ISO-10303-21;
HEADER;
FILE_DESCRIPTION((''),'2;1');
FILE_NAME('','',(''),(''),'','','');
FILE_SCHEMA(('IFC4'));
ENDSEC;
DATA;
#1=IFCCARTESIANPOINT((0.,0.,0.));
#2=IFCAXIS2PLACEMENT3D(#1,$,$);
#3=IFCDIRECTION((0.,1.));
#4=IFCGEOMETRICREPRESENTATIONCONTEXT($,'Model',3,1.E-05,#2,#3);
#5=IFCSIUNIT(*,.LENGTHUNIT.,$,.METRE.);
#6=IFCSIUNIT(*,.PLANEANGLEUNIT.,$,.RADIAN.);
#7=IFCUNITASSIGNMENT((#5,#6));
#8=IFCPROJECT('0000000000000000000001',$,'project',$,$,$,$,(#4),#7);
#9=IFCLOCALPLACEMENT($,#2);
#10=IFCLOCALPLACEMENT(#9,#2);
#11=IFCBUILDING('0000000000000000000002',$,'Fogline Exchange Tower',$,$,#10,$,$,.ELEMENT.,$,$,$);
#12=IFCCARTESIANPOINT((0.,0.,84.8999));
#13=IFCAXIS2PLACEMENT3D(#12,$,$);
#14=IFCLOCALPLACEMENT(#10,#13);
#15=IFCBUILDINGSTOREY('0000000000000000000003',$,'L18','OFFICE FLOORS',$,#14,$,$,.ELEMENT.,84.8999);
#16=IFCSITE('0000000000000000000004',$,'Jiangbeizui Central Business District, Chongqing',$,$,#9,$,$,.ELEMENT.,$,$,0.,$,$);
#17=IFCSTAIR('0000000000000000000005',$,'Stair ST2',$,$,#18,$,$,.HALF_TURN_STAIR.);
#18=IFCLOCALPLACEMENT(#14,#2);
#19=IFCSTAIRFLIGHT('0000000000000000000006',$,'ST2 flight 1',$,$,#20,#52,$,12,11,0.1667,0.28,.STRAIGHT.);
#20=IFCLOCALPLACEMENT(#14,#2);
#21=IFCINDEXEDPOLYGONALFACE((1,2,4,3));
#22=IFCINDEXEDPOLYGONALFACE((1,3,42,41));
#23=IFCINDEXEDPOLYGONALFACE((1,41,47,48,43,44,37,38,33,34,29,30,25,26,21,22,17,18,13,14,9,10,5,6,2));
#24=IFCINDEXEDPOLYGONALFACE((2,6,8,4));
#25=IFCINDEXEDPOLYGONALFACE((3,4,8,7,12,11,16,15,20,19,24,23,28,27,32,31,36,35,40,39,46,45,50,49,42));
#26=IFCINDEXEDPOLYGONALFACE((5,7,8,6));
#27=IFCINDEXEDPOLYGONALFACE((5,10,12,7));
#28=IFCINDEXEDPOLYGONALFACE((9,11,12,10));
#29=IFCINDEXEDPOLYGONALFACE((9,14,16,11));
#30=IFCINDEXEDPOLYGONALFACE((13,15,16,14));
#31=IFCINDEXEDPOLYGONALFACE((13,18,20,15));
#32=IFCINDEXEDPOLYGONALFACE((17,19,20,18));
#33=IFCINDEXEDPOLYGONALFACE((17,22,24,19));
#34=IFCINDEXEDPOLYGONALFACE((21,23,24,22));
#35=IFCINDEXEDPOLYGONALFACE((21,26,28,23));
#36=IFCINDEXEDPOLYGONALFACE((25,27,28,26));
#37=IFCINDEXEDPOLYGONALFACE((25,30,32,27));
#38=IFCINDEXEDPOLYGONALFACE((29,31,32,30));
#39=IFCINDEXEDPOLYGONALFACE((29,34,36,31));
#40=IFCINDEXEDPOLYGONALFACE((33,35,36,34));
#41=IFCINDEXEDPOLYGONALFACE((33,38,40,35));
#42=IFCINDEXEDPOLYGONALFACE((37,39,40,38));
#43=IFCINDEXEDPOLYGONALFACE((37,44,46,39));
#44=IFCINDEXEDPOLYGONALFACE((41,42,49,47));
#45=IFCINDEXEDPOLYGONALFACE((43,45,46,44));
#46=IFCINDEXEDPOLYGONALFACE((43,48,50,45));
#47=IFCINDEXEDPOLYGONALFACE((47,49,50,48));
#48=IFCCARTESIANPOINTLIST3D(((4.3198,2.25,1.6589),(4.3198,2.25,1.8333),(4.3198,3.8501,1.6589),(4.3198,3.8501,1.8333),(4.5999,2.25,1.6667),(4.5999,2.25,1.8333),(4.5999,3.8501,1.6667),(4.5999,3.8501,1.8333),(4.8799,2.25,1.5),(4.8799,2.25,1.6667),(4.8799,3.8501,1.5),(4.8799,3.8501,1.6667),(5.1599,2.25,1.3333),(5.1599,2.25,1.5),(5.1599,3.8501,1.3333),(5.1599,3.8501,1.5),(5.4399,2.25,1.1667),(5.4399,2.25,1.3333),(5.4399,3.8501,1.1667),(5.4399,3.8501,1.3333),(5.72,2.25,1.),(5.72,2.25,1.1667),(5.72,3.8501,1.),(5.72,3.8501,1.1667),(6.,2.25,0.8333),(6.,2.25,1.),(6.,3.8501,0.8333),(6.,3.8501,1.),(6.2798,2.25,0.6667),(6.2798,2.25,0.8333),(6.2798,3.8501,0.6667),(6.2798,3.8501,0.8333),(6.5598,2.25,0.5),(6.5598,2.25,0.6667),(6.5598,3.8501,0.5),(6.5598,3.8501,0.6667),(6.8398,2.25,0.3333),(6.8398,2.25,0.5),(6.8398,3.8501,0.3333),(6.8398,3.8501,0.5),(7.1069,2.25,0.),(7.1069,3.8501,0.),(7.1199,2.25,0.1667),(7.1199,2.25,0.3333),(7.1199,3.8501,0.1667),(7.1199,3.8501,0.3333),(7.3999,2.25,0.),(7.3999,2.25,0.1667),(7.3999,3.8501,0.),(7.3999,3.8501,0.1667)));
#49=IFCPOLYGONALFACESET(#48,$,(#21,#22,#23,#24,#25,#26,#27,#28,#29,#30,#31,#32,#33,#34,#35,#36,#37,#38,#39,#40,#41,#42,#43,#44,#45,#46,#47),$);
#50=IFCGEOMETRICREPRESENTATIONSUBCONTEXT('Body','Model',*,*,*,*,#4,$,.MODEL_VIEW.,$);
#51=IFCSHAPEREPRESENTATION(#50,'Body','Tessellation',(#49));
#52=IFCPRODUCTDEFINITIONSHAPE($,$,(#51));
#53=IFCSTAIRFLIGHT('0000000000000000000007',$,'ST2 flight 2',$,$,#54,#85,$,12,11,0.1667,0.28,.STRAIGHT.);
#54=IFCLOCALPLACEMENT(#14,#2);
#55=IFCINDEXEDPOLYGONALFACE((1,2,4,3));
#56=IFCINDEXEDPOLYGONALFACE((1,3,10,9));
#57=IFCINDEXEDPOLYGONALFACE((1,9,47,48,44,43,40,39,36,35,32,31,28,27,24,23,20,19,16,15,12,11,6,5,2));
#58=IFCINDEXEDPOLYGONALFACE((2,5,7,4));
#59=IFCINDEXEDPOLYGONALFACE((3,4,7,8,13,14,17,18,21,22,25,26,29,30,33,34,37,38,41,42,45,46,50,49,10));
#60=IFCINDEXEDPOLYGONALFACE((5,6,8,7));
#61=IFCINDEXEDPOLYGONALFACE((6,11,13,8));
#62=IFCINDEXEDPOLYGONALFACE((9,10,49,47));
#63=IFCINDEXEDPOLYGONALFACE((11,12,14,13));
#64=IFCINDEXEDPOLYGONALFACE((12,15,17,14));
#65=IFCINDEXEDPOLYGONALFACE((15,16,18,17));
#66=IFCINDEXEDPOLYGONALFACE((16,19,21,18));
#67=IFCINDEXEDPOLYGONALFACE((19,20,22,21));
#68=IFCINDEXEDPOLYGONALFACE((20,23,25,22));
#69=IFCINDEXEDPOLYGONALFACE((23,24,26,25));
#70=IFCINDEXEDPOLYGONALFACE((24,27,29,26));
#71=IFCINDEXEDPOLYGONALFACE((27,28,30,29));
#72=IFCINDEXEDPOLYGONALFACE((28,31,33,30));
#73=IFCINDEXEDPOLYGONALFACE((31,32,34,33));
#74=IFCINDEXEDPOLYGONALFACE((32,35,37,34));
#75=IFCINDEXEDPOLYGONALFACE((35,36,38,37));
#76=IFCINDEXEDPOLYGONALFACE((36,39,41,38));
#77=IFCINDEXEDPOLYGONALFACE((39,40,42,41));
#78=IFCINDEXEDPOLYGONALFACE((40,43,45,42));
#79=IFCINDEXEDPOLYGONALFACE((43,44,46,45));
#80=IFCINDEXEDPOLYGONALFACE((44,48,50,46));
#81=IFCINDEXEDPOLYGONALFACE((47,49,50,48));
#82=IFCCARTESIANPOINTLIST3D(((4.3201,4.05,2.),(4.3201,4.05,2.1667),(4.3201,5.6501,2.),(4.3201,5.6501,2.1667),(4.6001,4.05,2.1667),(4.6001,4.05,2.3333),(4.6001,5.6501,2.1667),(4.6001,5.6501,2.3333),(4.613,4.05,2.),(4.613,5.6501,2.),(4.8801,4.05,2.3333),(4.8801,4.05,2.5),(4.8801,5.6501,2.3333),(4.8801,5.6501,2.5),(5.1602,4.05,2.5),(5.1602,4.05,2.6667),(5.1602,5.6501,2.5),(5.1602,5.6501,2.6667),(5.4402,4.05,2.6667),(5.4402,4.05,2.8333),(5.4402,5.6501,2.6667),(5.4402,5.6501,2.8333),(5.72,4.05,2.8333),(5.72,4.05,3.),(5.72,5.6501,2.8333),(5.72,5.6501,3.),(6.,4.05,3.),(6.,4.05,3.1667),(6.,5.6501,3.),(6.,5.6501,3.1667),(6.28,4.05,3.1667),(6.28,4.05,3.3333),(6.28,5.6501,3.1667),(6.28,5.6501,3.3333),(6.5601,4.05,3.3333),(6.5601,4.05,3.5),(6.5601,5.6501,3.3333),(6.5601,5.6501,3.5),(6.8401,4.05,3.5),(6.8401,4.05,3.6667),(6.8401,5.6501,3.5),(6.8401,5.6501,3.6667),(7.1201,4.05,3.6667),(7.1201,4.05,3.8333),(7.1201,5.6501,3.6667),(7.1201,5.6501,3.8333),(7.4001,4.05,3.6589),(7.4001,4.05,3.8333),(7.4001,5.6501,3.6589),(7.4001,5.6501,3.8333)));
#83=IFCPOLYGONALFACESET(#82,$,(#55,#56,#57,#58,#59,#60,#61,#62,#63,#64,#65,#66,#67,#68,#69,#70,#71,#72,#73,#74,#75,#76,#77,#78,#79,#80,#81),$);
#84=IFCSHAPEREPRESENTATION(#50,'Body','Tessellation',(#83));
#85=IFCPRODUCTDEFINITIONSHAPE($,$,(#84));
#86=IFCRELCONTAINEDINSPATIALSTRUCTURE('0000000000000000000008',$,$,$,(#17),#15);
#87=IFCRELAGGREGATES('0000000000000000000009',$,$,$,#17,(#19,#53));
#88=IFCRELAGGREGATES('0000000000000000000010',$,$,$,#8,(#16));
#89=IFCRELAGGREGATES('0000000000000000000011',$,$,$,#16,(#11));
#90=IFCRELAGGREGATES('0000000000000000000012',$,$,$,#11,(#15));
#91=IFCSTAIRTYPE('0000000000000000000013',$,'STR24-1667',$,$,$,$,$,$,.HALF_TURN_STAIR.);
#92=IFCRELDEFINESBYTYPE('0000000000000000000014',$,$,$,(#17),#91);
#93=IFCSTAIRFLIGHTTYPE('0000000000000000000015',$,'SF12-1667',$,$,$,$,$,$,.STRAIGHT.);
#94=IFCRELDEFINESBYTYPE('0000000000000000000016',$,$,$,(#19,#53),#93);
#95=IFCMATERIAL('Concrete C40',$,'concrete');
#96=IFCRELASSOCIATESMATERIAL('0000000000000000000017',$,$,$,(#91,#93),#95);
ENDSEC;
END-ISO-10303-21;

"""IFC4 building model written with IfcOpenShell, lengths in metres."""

from ifc_helpers import new_model, si_unit, direction, frame, origin, place, context, subcontext, project, spatial, polyline, outline, extrude, material, type_object, element, aggregate, save


model = new_model("IFC4")

# Units and contexts
model_context = context("Model", 3, precision=1e-05, world=origin(), true_north=direction((0.0, 1.0)))
body_context = subcontext(model_context, "Body", "Model", "MODEL_VIEW")
ifc_project = project(units=[si_unit("LENGTHUNIT", "METRE"), si_unit("PLANEANGLEUNIT", "RADIAN")], contexts=[model_context])

# Site, building, storey
site_placement = place(None, origin())
site = spatial("IfcSite", under=ifc_project, at=site_placement, Name="Jiangbeizui Central Business District, Chongqing", CompositionType="ELEMENT", RefElevation=0.0)
building_placement = place(site_placement, origin())
building = spatial("IfcBuilding", under=site, at=building_placement, Name="Fogline Exchange Tower", CompositionType="ELEMENT")
storey_placement = place(building_placement, frame((0.0, 0.0, 84.8999)))
storey = spatial("IfcBuildingStorey", under=building, at=storey_placement, Name="L18", Description="OFFICE FLOORS", CompositionType="ELEMENT", Elevation=84.8999)

# Shared definitions
ifc_material_1 = material(Name="Concrete C40", Category="concrete")

# Stair
stair_type = type_object("IfcStairType", Name="STR24-1667", PredefinedType="HALF_TURN_STAIR", material=ifc_material_1)
stair_1_placement = place(storey_placement, origin())
stair_1 = element("IfcStair", 1, at=stair_1_placement, inside=storey, type_object=stair_type, Name="Stair ST2", PredefinedType="HALF_TURN_STAIR")

# Stair flights
stair_flight_type = type_object("IfcStairFlightType", Name="SF12-1667", PredefinedType="STRAIGHT", material=ifc_material_1)
stair_flight_1_placement = place(storey_placement, frame((7.3999, 3.05, 0.0), z_axis=(0.0, 0.0, 1.0), x_axis=(-1.0, 0.0, 0.0)))
stair_flight_1 = element("IfcStairFlight", 2, at=stair_flight_1_placement, type_object=stair_flight_type, Name="ST2 flight 1", NumberOfRisers=12, NumberOfTreads=11, PredefinedType="STRAIGHT", RiserHeight=0.1667, TreadLength=0.28, context=body_context, shape_type="SweptSolid", body=[
    extrude(outline(polyline([(0.0, 0.0), (0.0, 0.1667), (0.28, 0.1667), (0.28, 0.3333), (0.5601, 0.3333), (0.5601, 0.5), (0.8401, 0.5), (0.8401, 0.6667), (1.1201, 0.6667), (1.1201, 0.8333), (1.3999, 0.8333), (1.3999, 1.0), (1.6799, 1.0), (1.6799, 1.1667), (1.96, 1.1667), (1.96, 1.3333), (2.24, 1.3333), (2.24, 1.5), (2.52, 1.5), (2.52, 1.6667), (2.8, 1.6667), (2.8, 1.8333), (3.0801, 1.8333), (3.0801, 2.0), (3.0801, 1.6589), (0.293, 0.0), (0.0, 0.0)])), frame((0.0, 0.8, 0.0), z_axis=(0.0, -1.0, 0.0), x_axis=(1.0, 0.0, 0.0)), (0.0, 0.0, 1.0), 1.6001),
])
stair_flight_2_placement = place(storey_placement, frame((4.3201, 4.8501, 2.0), z_axis=(0.0, 0.0, 1.0), x_axis=(1.0, 0.0, 0.0)))
stair_flight_2 = element("IfcStairFlight", 3, at=stair_flight_2_placement, type_object=stair_flight_type, Name="ST2 flight 2", NumberOfRisers=12, NumberOfTreads=11, PredefinedType="STRAIGHT", RiserHeight=0.1667, TreadLength=0.28, context=body_context, shape_type="SweptSolid", body=[
    extrude(outline(polyline([(0.0, 0.0), (0.0, 0.1667), (0.28, 0.1667), (0.28, 0.3333), (0.5601, 0.3333), (0.5601, 0.5), (0.8401, 0.5), (0.8401, 0.6667), (1.1201, 0.6667), (1.1201, 0.8333), (1.3999, 0.8333), (1.3999, 1.0), (1.6799, 1.0), (1.6799, 1.1667), (1.96, 1.1667), (1.96, 1.3333), (2.24, 1.3333), (2.24, 1.5), (2.52, 1.5), (2.52, 1.6667), (2.8, 1.6667), (2.8, 1.8333), (3.0801, 1.8333), (3.0801, 2.0), (3.0801, 1.6589), (0.293, 0.0), (0.0, 0.0)])), frame((0.0, 0.8, 0.0), z_axis=(0.0, -1.0, 0.0), x_axis=(1.0, 0.0, 0.0)), (0.0, 0.0, 1.0), 1.6001),
])
aggregate(stair_1, [stair_flight_1, stair_flight_2])

save(model, "model.ifc")
